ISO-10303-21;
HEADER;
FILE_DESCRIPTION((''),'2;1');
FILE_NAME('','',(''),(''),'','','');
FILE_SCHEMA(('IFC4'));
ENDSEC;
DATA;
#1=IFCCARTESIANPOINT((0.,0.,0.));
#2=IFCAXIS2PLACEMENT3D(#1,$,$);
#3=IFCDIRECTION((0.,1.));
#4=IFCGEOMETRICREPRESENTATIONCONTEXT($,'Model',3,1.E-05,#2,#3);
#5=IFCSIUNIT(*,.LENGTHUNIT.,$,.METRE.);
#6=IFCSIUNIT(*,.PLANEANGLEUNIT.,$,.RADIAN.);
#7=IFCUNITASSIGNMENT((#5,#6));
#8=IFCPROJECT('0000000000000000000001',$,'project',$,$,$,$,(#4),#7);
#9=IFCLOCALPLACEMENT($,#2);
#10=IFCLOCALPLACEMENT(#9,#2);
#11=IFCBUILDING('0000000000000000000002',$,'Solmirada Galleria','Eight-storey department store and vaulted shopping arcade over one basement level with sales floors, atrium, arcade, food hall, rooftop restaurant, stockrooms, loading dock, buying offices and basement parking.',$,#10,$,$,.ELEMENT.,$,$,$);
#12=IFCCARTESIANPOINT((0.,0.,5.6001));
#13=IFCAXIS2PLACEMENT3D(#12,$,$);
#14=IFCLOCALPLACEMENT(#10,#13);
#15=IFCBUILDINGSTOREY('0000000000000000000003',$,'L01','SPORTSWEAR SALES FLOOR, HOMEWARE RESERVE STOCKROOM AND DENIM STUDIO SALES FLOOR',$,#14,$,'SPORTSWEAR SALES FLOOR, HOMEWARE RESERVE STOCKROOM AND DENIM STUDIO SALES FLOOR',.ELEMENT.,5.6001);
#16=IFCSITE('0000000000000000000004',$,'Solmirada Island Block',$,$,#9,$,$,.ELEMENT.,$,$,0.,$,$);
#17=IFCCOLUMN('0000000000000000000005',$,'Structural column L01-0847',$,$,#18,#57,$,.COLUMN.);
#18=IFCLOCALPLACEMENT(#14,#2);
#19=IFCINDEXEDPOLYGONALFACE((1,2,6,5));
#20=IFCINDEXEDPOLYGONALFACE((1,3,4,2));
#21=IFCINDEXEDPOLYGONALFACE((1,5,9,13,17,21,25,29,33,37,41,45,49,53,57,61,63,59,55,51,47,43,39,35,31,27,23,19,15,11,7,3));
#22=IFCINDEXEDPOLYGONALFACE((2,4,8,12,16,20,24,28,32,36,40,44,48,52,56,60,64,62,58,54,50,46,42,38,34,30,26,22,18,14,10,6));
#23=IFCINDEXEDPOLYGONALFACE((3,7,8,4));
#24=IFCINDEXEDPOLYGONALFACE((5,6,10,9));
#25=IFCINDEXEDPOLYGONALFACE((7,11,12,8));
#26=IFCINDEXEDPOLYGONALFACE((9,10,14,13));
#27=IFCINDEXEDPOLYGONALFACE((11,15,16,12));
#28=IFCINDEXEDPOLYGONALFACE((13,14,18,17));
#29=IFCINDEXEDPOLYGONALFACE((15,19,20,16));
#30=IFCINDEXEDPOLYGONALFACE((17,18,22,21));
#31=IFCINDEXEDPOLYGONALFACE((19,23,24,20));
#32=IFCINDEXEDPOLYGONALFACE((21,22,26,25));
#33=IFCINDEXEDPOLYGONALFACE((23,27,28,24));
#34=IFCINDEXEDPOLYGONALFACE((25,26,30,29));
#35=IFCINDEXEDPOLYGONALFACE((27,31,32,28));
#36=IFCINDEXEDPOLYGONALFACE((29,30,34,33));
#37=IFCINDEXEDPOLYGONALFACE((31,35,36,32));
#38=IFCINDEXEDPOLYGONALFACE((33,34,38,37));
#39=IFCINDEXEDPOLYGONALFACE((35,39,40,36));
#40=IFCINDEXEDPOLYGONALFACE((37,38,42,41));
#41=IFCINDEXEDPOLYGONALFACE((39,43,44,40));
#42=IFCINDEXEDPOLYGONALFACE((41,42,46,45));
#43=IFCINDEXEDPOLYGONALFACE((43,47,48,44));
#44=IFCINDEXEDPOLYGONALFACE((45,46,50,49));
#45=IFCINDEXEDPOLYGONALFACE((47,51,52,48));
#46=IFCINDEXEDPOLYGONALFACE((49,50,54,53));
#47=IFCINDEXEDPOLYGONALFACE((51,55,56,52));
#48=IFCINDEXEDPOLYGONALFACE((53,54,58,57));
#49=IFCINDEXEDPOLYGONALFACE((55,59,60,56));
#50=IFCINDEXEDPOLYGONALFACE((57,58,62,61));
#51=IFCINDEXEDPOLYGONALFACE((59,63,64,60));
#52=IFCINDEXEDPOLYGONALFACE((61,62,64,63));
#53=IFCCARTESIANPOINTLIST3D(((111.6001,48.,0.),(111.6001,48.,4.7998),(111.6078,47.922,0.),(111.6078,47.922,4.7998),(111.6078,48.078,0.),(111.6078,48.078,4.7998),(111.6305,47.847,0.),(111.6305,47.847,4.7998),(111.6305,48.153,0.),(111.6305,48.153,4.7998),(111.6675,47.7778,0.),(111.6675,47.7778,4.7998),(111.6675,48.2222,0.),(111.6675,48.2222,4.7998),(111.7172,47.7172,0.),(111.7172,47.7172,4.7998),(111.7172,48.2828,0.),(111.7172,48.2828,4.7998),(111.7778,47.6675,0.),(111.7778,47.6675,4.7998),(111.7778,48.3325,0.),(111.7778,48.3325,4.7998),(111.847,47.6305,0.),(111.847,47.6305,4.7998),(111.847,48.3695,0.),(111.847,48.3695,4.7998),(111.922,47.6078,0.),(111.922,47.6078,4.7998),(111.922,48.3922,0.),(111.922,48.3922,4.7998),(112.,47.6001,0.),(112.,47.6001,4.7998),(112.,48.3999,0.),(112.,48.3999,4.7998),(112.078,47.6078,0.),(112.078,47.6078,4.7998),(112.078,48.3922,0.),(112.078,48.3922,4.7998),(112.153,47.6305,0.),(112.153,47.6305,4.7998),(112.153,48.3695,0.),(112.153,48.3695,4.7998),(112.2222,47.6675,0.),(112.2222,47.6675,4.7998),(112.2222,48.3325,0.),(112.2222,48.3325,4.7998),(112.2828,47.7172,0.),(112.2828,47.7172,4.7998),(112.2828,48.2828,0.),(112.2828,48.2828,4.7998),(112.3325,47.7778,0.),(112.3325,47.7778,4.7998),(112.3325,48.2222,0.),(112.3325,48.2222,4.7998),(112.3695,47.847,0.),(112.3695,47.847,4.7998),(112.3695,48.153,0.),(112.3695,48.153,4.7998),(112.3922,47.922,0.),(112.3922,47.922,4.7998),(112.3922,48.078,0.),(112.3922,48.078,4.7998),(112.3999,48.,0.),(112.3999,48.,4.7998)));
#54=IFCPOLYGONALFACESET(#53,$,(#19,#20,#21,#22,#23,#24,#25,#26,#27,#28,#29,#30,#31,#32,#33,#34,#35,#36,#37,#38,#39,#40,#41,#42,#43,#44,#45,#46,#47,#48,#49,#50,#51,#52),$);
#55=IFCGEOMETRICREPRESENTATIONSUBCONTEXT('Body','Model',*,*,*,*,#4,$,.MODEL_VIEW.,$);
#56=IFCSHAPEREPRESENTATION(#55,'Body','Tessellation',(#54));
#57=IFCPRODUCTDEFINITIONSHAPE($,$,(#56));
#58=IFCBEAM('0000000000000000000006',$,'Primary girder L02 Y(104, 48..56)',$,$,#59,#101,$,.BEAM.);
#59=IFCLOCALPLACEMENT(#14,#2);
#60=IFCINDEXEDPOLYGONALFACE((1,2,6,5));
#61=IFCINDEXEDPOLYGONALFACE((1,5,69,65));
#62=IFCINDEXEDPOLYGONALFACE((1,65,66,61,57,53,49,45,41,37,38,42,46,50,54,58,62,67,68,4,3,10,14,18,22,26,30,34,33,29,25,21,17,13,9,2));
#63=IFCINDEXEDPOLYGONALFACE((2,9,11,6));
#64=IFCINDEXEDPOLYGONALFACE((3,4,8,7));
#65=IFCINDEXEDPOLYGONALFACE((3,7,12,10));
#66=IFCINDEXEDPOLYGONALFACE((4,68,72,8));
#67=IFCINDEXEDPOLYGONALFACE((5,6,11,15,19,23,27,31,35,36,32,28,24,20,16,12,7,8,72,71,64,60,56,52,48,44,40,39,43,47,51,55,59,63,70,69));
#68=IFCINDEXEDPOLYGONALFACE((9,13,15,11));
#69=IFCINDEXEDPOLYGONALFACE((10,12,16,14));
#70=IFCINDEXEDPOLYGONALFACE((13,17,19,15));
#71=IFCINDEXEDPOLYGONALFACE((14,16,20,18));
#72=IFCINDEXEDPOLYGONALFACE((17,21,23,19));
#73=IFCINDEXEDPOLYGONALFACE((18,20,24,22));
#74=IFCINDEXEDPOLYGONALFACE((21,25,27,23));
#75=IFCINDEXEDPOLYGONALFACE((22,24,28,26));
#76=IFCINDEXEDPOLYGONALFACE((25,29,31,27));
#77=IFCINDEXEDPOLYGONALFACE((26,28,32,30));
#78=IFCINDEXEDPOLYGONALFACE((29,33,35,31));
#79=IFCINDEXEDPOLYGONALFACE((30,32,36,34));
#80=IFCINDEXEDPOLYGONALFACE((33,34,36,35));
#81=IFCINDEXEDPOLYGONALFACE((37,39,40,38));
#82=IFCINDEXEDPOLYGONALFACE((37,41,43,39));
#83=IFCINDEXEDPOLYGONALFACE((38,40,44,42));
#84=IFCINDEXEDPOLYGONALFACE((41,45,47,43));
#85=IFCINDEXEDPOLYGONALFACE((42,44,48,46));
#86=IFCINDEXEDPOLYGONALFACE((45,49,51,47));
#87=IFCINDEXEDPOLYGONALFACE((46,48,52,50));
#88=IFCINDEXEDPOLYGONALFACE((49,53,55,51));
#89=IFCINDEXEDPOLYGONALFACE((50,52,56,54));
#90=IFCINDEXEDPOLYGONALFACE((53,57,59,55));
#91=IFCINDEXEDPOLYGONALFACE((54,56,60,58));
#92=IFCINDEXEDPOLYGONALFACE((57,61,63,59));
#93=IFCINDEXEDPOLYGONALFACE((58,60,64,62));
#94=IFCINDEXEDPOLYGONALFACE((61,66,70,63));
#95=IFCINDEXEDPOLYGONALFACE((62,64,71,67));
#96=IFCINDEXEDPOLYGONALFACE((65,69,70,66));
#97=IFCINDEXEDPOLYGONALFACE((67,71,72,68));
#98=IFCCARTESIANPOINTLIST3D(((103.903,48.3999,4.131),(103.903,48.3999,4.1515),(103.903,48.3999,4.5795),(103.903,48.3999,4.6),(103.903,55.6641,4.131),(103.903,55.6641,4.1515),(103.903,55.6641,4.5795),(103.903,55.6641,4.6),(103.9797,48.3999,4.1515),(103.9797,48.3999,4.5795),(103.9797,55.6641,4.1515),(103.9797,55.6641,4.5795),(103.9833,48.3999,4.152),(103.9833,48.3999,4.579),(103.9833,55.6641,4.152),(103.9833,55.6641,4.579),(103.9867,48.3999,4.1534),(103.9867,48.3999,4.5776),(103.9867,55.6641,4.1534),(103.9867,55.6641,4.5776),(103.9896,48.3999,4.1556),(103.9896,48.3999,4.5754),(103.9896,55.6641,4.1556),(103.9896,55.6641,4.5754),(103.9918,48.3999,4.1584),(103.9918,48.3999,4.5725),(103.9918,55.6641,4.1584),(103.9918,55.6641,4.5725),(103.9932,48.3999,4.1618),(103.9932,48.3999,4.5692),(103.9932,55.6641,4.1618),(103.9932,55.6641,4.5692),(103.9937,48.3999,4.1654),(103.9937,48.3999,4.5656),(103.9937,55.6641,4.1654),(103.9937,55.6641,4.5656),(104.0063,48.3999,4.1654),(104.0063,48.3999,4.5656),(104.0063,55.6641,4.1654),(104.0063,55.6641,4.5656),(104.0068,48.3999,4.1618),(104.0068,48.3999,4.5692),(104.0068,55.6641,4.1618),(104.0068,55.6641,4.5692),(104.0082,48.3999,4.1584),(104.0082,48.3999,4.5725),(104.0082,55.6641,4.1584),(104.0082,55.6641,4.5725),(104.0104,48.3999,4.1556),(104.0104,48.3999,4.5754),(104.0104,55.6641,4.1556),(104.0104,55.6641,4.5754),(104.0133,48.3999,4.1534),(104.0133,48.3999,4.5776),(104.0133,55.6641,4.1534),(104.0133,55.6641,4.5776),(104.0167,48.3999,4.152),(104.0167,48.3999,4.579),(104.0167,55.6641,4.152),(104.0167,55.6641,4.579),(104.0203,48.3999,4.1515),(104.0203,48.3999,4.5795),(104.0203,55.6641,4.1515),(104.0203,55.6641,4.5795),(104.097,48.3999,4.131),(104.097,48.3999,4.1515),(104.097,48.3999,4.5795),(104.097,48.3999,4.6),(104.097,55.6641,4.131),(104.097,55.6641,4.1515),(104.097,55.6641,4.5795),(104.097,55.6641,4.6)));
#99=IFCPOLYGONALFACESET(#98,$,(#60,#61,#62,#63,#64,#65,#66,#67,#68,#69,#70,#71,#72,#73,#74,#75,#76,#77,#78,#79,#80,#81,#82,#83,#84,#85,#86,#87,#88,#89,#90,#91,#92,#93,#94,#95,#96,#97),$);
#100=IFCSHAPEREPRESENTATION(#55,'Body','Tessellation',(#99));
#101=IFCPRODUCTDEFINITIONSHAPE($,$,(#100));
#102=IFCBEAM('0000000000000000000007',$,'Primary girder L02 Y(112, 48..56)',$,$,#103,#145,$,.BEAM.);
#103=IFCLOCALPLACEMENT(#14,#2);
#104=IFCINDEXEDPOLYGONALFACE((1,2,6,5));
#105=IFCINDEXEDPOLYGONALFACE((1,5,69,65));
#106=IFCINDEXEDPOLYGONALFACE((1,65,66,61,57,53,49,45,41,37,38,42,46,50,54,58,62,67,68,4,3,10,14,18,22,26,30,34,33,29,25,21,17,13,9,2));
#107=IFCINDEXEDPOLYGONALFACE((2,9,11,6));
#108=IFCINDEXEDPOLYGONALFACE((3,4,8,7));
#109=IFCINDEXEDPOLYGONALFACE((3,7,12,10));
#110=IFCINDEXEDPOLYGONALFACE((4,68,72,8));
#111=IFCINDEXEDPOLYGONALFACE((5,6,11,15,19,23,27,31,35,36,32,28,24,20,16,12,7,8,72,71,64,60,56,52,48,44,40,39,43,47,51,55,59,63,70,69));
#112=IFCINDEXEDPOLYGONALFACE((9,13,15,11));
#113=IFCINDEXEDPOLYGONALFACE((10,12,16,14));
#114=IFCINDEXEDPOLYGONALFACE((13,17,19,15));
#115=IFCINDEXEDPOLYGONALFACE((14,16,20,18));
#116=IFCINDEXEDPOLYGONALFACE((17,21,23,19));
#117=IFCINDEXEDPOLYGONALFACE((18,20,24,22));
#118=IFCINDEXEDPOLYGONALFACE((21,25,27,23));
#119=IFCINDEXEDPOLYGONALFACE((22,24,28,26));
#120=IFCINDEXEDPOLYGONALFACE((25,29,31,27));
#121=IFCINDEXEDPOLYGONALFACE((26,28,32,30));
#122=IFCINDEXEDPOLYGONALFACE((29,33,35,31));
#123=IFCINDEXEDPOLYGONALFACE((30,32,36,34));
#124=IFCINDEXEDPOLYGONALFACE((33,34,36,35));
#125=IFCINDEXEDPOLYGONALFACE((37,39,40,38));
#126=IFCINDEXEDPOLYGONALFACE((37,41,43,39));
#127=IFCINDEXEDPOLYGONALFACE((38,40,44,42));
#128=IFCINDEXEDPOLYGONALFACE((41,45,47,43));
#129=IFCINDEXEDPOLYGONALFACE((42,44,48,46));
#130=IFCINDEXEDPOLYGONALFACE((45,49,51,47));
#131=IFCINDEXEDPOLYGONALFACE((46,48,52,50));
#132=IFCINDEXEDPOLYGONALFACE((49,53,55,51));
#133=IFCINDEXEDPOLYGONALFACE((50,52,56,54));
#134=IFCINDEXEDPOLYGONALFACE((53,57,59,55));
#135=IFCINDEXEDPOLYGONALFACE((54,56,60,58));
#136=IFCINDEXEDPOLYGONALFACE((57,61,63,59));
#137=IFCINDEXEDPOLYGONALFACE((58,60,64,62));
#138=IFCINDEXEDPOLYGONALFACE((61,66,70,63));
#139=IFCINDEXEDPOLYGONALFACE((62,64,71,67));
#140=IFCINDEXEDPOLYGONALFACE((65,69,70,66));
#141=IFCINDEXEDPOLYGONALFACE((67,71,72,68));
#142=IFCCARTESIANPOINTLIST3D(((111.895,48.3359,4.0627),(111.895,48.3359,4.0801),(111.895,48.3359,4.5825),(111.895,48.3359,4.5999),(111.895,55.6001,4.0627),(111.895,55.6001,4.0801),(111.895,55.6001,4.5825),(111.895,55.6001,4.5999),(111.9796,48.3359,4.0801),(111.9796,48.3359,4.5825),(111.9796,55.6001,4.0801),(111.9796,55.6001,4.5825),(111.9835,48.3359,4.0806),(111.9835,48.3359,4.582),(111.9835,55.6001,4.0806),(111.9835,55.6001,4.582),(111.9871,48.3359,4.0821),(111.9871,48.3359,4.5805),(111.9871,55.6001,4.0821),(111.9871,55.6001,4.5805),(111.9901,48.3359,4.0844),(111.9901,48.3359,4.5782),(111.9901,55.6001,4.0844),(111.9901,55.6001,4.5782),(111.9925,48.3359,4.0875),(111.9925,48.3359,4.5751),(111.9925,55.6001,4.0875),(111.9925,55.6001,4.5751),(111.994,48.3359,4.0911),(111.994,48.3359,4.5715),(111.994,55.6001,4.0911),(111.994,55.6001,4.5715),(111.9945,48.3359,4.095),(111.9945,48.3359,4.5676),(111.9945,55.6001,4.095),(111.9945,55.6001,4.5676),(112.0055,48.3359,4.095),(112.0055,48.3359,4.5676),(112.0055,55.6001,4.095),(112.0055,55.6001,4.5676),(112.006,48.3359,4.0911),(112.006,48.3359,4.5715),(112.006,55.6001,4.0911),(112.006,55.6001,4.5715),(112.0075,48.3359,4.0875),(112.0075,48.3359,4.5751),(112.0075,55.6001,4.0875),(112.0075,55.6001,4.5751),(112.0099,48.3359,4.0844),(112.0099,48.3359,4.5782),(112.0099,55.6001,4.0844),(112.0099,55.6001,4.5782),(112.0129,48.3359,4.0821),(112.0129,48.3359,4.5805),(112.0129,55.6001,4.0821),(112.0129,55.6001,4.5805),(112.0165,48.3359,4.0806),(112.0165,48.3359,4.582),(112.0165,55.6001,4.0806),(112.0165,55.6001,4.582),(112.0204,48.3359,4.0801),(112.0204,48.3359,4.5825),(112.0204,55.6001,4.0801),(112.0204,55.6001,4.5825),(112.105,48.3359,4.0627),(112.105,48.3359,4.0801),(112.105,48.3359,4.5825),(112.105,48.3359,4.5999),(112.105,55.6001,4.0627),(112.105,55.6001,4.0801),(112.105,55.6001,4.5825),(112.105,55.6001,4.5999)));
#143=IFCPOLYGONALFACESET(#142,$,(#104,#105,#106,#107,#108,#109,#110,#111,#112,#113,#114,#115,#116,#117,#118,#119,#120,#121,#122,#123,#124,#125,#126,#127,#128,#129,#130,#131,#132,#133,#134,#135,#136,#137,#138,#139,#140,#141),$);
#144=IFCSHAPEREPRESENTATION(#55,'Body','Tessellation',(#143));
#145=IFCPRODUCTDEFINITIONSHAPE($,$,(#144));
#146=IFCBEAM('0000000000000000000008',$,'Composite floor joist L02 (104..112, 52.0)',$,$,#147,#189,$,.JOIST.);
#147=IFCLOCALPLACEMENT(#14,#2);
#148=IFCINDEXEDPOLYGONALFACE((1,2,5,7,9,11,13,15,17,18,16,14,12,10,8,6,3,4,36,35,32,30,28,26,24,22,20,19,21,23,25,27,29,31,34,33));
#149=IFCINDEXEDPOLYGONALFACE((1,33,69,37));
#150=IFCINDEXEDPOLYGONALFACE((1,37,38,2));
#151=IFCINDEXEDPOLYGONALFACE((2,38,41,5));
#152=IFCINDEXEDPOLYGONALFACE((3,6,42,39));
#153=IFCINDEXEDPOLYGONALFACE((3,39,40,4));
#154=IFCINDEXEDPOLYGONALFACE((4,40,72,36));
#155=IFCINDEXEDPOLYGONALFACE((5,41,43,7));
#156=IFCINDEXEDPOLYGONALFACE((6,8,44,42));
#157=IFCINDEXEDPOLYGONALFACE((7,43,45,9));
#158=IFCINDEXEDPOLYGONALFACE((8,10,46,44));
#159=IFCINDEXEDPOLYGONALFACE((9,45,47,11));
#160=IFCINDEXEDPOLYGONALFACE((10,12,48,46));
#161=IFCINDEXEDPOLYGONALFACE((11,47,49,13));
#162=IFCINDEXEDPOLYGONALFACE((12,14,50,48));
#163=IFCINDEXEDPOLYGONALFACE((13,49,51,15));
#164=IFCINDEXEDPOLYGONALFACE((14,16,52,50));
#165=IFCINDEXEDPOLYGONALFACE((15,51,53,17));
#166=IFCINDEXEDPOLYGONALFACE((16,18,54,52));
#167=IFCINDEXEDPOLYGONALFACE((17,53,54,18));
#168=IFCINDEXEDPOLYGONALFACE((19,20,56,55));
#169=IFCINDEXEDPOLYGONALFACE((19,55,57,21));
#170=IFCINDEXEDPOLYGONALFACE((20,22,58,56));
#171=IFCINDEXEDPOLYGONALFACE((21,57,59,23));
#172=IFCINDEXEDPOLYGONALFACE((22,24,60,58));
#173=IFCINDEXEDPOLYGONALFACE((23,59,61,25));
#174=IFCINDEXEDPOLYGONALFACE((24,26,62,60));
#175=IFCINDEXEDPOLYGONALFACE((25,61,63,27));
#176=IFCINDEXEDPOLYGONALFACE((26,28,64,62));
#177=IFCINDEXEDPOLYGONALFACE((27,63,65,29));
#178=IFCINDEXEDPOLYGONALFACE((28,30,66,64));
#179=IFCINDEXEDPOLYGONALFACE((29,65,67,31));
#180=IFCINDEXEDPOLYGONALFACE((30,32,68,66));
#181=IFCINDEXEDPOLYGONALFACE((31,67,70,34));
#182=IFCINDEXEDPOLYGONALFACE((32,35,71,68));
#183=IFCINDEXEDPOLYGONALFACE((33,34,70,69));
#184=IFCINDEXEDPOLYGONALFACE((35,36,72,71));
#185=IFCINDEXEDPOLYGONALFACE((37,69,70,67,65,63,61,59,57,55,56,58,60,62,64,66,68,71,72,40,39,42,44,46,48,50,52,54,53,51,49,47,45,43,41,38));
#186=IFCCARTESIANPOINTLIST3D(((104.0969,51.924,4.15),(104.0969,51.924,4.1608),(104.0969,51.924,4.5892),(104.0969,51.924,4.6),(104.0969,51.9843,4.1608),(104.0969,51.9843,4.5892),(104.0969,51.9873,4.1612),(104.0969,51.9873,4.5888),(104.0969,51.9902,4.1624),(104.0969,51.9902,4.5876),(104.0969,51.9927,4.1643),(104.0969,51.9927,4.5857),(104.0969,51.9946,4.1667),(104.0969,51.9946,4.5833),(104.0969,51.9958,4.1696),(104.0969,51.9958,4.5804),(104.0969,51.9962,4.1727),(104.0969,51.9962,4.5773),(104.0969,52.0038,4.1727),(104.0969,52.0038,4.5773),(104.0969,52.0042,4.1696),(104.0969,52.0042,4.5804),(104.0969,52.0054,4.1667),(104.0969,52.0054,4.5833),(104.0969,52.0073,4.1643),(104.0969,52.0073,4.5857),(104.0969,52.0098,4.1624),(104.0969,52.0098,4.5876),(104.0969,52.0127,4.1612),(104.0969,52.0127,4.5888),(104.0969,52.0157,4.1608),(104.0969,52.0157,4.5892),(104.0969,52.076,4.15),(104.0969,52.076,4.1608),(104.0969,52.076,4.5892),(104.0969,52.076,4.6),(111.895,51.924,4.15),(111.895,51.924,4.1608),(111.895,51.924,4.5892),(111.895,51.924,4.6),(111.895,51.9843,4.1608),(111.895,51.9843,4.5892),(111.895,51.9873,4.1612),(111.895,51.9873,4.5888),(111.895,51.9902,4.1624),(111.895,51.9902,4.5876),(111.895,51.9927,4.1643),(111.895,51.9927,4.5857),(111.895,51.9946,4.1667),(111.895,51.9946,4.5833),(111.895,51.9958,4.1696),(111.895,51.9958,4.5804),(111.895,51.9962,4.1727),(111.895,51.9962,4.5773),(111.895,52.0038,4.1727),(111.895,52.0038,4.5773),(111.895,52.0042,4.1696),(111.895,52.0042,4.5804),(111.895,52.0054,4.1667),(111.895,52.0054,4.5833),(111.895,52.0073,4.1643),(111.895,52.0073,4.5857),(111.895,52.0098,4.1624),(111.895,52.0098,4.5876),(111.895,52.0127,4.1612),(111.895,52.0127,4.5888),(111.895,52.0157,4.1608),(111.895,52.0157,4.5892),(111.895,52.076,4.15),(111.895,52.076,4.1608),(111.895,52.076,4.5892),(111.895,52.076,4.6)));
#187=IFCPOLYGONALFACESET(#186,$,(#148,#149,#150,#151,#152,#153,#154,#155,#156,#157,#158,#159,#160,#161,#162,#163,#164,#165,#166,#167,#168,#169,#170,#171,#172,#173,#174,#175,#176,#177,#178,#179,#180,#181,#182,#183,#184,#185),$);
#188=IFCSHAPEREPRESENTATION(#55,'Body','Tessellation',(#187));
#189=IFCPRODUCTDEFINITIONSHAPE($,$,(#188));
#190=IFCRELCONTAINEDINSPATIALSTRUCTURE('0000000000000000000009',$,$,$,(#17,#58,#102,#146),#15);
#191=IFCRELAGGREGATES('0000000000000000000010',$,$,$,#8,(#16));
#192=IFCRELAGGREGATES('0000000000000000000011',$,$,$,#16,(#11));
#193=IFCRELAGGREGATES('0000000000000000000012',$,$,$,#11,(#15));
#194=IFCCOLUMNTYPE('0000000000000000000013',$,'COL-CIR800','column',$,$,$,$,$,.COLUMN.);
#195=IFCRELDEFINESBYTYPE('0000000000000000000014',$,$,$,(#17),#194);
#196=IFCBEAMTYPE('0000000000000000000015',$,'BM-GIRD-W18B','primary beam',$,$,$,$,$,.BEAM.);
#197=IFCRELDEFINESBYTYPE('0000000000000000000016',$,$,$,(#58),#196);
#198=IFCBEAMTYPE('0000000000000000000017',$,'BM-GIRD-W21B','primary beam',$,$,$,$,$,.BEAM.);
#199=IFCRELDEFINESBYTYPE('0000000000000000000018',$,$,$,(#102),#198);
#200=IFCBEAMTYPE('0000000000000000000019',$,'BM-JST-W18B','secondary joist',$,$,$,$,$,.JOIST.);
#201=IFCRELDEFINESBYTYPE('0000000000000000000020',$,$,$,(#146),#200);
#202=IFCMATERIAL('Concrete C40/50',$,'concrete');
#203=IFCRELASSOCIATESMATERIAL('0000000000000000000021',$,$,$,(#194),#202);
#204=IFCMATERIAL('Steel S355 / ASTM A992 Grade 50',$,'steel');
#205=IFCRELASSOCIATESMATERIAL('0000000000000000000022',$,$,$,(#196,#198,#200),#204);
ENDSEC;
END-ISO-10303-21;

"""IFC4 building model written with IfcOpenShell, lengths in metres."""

from ifc_helpers import new_model, si_unit, direction, frame, origin, origin_2d, place, context, subcontext, project, spatial, circle, i_section, extrude, material, material_profile, profile_set, type_object, element, save


model = new_model("IFC4")

# Units and contexts
model_context = context("Model", 3, precision=1e-05, world=origin(), true_north=direction((0.0, 1.0)))
body_context = subcontext(model_context, "Body", "Model", "MODEL_VIEW")
ifc_project = project(units=[si_unit("LENGTHUNIT", "METRE"), si_unit("PLANEANGLEUNIT", "RADIAN")], contexts=[model_context])

# Site, building, storey
site_placement = place(None, origin())
site = spatial("IfcSite", under=ifc_project, at=site_placement, Name="Solmirada Island Block", CompositionType="ELEMENT", RefElevation=0.0)
building_placement = place(site_placement, origin())
building = spatial("IfcBuilding", under=site, at=building_placement, Name="Solmirada Galleria", Description="Eight-storey department store and vaulted shopping arcade over one basement level with sales floors, atrium, arcade, food hall, rooftop restaurant, stockrooms, loading dock, buying offices and basement parking.", CompositionType="ELEMENT")
storey_placement = place(building_placement, frame((0.0, 0.0, 5.6001)))
storey = spatial("IfcBuildingStorey", under=building, at=storey_placement, Name="L01", Description="SPORTSWEAR SALES FLOOR, HOMEWARE RESERVE STOCKROOM AND DENIM STUDIO SALES FLOOR", LongName="SPORTSWEAR SALES FLOOR, HOMEWARE RESERVE STOCKROOM AND DENIM STUDIO SALES FLOOR", CompositionType="ELEMENT", Elevation=5.6001)

# Column
ifc_material_1 = material(Name="Concrete C40/50", Category="concrete")
ifc_material_profile_1 = material_profile(ifc_material_1, circle(Radius=0.3999, at=origin_2d()), Name="RCCOL800")
ifc_profile_set_1 = profile_set([ifc_material_profile_1], Name="Concrete C40/50")
column_type = type_object("IfcColumnType", Name="COL-CIR800", Description="column", PredefinedType="COLUMN", material=ifc_profile_set_1)
column_placement = place(storey_placement, frame((112.0, 48.0, 0.0), z_axis=(0.0, 0.0, 1.0), x_axis=(1.0, 0.0, 0.0)))
element("IfcColumn", 1, at=column_placement, inside=storey, type_object=column_type, Name="Structural column L01-0847", PredefinedType="COLUMN", context=body_context, shape_type="SweptSolid", body=[
    extrude(circle(Radius=0.3999, at=origin_2d()), origin(), (0.0, 0.0, 1.0), 4.7998),
])

# Beams
ifc_material_2 = material(Name="Steel S355 / ASTM A992 Grade 50", Category="steel")
ifc_material_profile_2 = material_profile(ifc_material_2, i_section(OverallWidth=0.1941, OverallDepth=0.469, WebThickness=0.0127, FlangeThickness=0.0205, FilletRadius=0.0139, at=origin_2d()), Name="W18X71")
ifc_profile_set_2 = profile_set([ifc_material_profile_2], Name="Steel S355 / ASTM A992 Grade 50")
beam_type_1 = type_object("IfcBeamType", Name="BM-GIRD-W18B", Description="primary beam", PredefinedType="BEAM", material=ifc_profile_set_2)
beam_1_placement = place(storey_placement, frame((104.0, 48.3999, 4.3655), z_axis=(0.0, 1.0, 0.0), x_axis=(-1.0, 0.0, 0.0)))
element("IfcBeam", 2, at=beam_1_placement, inside=storey, type_object=beam_type_1, Name="Primary girder L02 Y(104, 48..56)", PredefinedType="BEAM", context=body_context, shape_type="SweptSolid", body=[
    extrude(i_section(OverallWidth=0.1941, OverallDepth=0.469, WebThickness=0.0127, FlangeThickness=0.0205, FilletRadius=0.0139, at=origin_2d()), origin(), (0.0, 0.0, 1.0), 7.2642),
])
ifc_material_profile_3 = material_profile(ifc_material_2, i_section(OverallWidth=0.21, OverallDepth=0.5371, WebThickness=0.011, FlangeThickness=0.0173, FilletRadius=0.0149, at=origin_2d()), Name="W21X68")
ifc_profile_set_3 = profile_set([ifc_material_profile_3], Name="Steel S355 / ASTM A992 Grade 50")
beam_type_2 = type_object("IfcBeamType", Name="BM-GIRD-W21B", Description="primary beam", PredefinedType="BEAM", material=ifc_profile_set_3)
beam_2_placement = place(storey_placement, frame((112.0, 48.3359, 4.3313), z_axis=(0.0, 1.0, 0.0), x_axis=(-1.0, 0.0, 0.0)))
element("IfcBeam", 3, at=beam_2_placement, inside=storey, type_object=beam_type_2, Name="Primary girder L02 Y(112, 48..56)", PredefinedType="BEAM", context=body_context, shape_type="SweptSolid", body=[
    extrude(i_section(OverallWidth=0.21, OverallDepth=0.5371, WebThickness=0.011, FlangeThickness=0.0173, FilletRadius=0.0149, at=origin_2d()), origin(), (0.0, 0.0, 1.0), 7.2642),
])
ifc_material_profile_4 = material_profile(ifc_material_2, i_section(OverallWidth=0.1521, OverallDepth=0.45, WebThickness=0.0076, FlangeThickness=0.0107, FilletRadius=0.012, at=origin_2d()), Name="W18X35")
ifc_profile_set_4 = profile_set([ifc_material_profile_4], Name="Steel S355 / ASTM A992 Grade 50")
beam_type_3 = type_object("IfcBeamType", Name="BM-JST-W18B", Description="secondary joist", PredefinedType="JOIST", material=ifc_profile_set_4)
beam_3_placement = place(storey_placement, frame((104.0969, 52.0, 4.375), z_axis=(1.0, 0.0, 0.0), x_axis=(0.0, 1.0, 0.0)))
element("IfcBeam", 4, at=beam_3_placement, inside=storey, type_object=beam_type_3, Name="Composite floor joist L02 (104..112, 52.0)", PredefinedType="JOIST", context=body_context, shape_type="SweptSolid", body=[
    extrude(i_section(OverallWidth=0.1521, OverallDepth=0.45, WebThickness=0.0076, FlangeThickness=0.0107, FilletRadius=0.012, at=origin_2d()), origin(), (0.0, 0.0, 1.0), 7.7981),
])

save(model, "model.ifc")
